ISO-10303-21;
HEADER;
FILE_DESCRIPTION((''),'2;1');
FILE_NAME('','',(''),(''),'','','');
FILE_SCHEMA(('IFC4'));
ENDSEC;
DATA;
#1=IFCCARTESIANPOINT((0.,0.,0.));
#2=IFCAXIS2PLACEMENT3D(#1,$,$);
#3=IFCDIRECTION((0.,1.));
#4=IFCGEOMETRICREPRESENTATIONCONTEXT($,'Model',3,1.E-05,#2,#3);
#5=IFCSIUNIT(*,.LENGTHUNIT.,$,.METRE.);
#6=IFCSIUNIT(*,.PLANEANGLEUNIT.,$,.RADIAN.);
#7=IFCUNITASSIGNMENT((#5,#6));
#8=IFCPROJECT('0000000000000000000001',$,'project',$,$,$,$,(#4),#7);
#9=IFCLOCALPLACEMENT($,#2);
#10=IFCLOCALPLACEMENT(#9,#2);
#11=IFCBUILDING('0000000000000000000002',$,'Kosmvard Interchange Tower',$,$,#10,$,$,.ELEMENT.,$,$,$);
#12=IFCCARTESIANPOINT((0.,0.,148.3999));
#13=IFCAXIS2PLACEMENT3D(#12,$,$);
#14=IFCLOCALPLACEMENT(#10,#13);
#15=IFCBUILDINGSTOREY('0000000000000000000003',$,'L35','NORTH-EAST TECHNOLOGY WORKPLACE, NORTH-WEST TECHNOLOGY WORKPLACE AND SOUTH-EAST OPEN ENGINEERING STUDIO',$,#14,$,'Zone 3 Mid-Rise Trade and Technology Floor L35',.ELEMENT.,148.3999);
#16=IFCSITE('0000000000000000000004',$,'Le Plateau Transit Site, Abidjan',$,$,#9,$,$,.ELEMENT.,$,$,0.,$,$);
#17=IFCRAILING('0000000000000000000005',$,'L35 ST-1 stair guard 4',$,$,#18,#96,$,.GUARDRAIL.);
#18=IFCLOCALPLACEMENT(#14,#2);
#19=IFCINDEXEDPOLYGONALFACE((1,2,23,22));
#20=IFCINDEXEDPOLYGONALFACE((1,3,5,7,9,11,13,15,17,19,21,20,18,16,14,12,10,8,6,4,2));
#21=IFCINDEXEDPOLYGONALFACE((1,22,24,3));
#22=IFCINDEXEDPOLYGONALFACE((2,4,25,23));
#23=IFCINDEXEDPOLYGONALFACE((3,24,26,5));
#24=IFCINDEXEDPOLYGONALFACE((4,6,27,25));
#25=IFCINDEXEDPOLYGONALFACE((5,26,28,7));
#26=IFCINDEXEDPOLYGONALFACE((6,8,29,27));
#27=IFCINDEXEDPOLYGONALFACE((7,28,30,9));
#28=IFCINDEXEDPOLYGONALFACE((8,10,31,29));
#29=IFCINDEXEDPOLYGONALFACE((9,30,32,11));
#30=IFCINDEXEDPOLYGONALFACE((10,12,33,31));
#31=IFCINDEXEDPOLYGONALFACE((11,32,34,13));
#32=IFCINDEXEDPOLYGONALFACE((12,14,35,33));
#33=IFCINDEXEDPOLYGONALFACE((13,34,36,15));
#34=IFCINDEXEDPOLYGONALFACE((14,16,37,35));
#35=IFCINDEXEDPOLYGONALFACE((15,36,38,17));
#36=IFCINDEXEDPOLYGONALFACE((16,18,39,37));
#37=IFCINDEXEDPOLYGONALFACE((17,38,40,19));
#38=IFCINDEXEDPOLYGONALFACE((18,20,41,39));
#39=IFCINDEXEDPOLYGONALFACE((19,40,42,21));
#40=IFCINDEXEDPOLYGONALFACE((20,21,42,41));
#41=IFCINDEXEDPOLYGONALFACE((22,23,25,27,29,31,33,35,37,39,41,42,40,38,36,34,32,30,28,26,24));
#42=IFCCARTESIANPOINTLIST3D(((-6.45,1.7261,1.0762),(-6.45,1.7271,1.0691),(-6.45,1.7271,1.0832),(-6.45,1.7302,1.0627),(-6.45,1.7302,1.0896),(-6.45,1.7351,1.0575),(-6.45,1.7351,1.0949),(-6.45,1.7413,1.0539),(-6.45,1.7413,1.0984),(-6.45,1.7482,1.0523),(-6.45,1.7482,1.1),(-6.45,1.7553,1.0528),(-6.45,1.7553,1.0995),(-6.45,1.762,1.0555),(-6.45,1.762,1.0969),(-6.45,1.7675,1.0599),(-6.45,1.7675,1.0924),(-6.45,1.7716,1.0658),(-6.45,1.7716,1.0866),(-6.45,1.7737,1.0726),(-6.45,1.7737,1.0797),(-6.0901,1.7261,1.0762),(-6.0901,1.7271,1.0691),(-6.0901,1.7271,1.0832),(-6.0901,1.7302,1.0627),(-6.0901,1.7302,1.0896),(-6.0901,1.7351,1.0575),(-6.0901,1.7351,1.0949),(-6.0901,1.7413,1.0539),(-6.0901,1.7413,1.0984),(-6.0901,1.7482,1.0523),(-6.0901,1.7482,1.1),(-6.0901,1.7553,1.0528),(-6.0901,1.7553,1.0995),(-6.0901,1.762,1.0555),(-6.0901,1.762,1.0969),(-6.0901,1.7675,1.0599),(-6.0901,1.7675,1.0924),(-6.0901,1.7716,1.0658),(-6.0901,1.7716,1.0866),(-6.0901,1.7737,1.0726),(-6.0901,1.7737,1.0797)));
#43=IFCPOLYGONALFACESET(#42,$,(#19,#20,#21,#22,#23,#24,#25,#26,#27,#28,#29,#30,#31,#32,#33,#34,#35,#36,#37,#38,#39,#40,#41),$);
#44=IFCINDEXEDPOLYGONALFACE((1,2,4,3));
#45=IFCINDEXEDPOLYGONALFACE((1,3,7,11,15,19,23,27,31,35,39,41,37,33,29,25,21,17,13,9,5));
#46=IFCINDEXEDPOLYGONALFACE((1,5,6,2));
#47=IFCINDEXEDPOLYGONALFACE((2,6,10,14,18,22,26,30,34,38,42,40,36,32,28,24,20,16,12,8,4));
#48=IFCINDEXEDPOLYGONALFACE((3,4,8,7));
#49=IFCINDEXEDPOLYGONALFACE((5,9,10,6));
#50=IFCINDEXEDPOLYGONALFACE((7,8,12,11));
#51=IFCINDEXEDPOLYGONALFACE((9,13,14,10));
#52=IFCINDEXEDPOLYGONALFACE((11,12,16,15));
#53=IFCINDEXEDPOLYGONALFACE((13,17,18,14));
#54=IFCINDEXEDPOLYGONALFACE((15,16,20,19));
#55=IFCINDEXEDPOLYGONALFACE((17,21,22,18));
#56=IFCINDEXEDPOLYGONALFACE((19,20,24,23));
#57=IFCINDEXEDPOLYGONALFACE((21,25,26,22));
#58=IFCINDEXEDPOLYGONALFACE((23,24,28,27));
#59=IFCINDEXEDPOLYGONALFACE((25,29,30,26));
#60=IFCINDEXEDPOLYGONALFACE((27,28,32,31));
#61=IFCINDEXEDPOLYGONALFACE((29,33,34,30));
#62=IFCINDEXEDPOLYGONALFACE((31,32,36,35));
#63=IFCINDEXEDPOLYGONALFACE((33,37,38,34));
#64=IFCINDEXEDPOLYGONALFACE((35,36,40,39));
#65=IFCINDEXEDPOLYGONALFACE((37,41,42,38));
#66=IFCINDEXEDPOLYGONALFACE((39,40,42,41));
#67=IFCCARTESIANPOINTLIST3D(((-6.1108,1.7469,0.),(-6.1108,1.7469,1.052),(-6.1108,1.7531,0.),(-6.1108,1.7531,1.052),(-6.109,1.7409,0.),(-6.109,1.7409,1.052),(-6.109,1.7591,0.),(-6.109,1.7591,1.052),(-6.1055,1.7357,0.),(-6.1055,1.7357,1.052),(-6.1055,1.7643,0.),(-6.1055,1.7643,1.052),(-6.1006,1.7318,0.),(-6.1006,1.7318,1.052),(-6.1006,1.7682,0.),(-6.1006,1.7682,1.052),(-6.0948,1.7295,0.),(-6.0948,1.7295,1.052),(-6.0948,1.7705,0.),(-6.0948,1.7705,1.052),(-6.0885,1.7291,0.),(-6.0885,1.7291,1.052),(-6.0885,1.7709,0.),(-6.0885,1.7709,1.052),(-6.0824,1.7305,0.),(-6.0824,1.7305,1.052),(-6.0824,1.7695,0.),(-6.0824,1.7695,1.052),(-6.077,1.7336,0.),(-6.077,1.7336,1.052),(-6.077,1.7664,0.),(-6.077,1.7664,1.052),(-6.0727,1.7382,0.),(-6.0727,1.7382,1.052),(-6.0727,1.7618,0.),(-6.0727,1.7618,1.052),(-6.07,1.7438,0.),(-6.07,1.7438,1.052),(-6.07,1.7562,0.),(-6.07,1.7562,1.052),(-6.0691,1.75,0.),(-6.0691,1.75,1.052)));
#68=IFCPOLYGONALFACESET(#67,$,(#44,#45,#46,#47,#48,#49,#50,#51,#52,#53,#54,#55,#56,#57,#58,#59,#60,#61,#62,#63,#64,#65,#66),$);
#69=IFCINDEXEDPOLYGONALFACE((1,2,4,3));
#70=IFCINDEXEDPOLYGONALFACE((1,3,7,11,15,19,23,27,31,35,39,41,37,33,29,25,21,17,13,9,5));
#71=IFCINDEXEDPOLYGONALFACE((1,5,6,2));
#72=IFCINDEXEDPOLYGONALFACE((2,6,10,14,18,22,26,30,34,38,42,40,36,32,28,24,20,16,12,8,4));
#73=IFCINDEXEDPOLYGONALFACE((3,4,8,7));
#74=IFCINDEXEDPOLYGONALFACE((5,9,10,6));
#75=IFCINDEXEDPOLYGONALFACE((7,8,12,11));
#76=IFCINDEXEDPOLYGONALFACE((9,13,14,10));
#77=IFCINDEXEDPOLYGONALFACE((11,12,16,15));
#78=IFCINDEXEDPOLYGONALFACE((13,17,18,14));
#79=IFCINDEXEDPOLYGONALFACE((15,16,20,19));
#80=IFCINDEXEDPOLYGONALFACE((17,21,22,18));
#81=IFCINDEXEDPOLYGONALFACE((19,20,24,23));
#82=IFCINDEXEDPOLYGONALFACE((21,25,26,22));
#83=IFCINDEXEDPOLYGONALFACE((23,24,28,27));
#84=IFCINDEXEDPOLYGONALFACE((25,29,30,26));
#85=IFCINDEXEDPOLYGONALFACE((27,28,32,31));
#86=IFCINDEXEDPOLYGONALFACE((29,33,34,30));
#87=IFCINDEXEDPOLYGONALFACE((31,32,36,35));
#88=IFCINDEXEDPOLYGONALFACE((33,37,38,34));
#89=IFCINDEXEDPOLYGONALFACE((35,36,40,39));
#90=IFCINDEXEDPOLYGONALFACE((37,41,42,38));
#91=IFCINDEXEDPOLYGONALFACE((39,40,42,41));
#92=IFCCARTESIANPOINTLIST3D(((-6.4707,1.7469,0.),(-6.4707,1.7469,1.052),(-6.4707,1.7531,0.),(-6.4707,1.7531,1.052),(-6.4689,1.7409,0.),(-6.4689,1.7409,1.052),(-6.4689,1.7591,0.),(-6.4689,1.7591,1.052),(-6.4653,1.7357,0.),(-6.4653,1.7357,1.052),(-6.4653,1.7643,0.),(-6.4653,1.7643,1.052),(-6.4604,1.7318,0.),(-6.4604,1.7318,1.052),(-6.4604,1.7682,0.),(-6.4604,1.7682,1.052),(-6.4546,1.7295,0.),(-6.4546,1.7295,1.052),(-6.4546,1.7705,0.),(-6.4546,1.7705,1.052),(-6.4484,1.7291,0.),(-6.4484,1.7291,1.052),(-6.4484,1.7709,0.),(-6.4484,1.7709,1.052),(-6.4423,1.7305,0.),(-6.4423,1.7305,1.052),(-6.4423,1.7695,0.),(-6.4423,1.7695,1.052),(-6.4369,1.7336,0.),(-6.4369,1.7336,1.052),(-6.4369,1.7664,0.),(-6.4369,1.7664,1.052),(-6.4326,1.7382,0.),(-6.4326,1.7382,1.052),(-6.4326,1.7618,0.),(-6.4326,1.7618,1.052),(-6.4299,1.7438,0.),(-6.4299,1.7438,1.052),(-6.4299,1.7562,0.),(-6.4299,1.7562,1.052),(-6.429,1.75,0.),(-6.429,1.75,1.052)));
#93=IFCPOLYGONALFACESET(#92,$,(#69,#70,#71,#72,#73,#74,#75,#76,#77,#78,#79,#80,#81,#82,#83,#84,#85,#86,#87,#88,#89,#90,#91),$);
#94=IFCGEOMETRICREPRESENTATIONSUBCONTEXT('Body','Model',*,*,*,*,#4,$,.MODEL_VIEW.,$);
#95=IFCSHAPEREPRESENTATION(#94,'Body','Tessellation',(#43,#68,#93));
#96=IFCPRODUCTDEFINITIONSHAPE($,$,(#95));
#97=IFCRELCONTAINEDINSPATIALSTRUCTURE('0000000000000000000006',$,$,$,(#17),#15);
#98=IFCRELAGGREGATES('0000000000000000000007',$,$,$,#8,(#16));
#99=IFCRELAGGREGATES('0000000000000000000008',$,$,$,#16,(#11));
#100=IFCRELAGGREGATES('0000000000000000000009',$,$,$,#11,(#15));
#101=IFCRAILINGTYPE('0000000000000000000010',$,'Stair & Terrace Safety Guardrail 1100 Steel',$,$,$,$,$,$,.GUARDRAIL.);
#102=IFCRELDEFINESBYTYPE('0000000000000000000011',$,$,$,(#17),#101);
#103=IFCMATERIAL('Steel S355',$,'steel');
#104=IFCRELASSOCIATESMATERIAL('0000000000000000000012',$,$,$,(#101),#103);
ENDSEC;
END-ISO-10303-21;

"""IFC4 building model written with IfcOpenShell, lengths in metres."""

from ifc_helpers import new_model, si_unit, direction, frame, origin, origin_2d, place, context, subcontext, project, spatial, circle, extrude, source, transform, mapped, material, type_object, element, save


model = new_model("IFC4")

# Units and contexts
model_context = context("Model", 3, precision=1e-05, world=origin(), true_north=direction((0.0, 1.0)))
body_context = subcontext(model_context, "Body", "Model", "MODEL_VIEW")
ifc_project = project(units=[si_unit("LENGTHUNIT", "METRE"), si_unit("PLANEANGLEUNIT", "RADIAN")], contexts=[model_context])

# Site, building, storey
site_placement = place(None, origin())
site = spatial("IfcSite", under=ifc_project, at=site_placement, Name="Le Plateau Transit Site, Abidjan", CompositionType="ELEMENT", RefElevation=0.0)
building_placement = place(site_placement, origin())
building = spatial("IfcBuilding", under=site, at=building_placement, Name="Kosmvard Interchange Tower", CompositionType="ELEMENT")
storey_placement = place(building_placement, frame((0.0, 0.0, 148.3999)))
storey = spatial("IfcBuildingStorey", under=building, at=storey_placement, Name="L35", Description="NORTH-EAST TECHNOLOGY WORKPLACE, NORTH-WEST TECHNOLOGY WORKPLACE AND SOUTH-EAST OPEN ENGINEERING STUDIO", LongName="Zone 3 Mid-Rise Trade and Technology Floor L35", CompositionType="ELEMENT", Elevation=148.3999)

# Shared definitions
ifc_material_1 = material(Name="Steel S355", Category="steel")

# Railing
railing_type_1 = type_object("IfcRailingType", Name="Stair & Terrace Safety Guardrail 1100 Steel", PredefinedType="GUARDRAIL", material=ifc_material_1)
shared_shape_1 = source(origin(), body_context, "Body", "SweptSolid", [
    extrude(circle(Radius=0.0239, at=origin_2d()), frame((0.0, 0.0, 1.0762), z_axis=(-1.0, 0.0, 0.0), x_axis=(0.0, -1.0, 0.0)), (0.0, 0.0, 1.0), 0.3599),
    extrude(circle(Radius=0.021, at=origin_2d()), origin(), (0.0, 0.0, 1.0), 1.052),
    extrude(circle(Radius=0.021, at=origin_2d()), frame((-0.3599, 0.0, 0.0)), (0.0, 0.0, 1.0), 1.052),
])
for number, where, name in (
    (1, (-6.0901, 1.75, 0.0), "L35 ST-1 stair guard 4"),
):
    element("IfcRailing", number, at=place(storey_placement, frame(where)), inside=storey, type_object=railing_type_1, Name=name, PredefinedType="GUARDRAIL", context=body_context, shape_type="MappedRepresentation", body=[
        mapped(shared_shape_1, transform((0.0, 0.0, 0.0), scale=1.0)),
    ])

save(model, "model.ifc")
